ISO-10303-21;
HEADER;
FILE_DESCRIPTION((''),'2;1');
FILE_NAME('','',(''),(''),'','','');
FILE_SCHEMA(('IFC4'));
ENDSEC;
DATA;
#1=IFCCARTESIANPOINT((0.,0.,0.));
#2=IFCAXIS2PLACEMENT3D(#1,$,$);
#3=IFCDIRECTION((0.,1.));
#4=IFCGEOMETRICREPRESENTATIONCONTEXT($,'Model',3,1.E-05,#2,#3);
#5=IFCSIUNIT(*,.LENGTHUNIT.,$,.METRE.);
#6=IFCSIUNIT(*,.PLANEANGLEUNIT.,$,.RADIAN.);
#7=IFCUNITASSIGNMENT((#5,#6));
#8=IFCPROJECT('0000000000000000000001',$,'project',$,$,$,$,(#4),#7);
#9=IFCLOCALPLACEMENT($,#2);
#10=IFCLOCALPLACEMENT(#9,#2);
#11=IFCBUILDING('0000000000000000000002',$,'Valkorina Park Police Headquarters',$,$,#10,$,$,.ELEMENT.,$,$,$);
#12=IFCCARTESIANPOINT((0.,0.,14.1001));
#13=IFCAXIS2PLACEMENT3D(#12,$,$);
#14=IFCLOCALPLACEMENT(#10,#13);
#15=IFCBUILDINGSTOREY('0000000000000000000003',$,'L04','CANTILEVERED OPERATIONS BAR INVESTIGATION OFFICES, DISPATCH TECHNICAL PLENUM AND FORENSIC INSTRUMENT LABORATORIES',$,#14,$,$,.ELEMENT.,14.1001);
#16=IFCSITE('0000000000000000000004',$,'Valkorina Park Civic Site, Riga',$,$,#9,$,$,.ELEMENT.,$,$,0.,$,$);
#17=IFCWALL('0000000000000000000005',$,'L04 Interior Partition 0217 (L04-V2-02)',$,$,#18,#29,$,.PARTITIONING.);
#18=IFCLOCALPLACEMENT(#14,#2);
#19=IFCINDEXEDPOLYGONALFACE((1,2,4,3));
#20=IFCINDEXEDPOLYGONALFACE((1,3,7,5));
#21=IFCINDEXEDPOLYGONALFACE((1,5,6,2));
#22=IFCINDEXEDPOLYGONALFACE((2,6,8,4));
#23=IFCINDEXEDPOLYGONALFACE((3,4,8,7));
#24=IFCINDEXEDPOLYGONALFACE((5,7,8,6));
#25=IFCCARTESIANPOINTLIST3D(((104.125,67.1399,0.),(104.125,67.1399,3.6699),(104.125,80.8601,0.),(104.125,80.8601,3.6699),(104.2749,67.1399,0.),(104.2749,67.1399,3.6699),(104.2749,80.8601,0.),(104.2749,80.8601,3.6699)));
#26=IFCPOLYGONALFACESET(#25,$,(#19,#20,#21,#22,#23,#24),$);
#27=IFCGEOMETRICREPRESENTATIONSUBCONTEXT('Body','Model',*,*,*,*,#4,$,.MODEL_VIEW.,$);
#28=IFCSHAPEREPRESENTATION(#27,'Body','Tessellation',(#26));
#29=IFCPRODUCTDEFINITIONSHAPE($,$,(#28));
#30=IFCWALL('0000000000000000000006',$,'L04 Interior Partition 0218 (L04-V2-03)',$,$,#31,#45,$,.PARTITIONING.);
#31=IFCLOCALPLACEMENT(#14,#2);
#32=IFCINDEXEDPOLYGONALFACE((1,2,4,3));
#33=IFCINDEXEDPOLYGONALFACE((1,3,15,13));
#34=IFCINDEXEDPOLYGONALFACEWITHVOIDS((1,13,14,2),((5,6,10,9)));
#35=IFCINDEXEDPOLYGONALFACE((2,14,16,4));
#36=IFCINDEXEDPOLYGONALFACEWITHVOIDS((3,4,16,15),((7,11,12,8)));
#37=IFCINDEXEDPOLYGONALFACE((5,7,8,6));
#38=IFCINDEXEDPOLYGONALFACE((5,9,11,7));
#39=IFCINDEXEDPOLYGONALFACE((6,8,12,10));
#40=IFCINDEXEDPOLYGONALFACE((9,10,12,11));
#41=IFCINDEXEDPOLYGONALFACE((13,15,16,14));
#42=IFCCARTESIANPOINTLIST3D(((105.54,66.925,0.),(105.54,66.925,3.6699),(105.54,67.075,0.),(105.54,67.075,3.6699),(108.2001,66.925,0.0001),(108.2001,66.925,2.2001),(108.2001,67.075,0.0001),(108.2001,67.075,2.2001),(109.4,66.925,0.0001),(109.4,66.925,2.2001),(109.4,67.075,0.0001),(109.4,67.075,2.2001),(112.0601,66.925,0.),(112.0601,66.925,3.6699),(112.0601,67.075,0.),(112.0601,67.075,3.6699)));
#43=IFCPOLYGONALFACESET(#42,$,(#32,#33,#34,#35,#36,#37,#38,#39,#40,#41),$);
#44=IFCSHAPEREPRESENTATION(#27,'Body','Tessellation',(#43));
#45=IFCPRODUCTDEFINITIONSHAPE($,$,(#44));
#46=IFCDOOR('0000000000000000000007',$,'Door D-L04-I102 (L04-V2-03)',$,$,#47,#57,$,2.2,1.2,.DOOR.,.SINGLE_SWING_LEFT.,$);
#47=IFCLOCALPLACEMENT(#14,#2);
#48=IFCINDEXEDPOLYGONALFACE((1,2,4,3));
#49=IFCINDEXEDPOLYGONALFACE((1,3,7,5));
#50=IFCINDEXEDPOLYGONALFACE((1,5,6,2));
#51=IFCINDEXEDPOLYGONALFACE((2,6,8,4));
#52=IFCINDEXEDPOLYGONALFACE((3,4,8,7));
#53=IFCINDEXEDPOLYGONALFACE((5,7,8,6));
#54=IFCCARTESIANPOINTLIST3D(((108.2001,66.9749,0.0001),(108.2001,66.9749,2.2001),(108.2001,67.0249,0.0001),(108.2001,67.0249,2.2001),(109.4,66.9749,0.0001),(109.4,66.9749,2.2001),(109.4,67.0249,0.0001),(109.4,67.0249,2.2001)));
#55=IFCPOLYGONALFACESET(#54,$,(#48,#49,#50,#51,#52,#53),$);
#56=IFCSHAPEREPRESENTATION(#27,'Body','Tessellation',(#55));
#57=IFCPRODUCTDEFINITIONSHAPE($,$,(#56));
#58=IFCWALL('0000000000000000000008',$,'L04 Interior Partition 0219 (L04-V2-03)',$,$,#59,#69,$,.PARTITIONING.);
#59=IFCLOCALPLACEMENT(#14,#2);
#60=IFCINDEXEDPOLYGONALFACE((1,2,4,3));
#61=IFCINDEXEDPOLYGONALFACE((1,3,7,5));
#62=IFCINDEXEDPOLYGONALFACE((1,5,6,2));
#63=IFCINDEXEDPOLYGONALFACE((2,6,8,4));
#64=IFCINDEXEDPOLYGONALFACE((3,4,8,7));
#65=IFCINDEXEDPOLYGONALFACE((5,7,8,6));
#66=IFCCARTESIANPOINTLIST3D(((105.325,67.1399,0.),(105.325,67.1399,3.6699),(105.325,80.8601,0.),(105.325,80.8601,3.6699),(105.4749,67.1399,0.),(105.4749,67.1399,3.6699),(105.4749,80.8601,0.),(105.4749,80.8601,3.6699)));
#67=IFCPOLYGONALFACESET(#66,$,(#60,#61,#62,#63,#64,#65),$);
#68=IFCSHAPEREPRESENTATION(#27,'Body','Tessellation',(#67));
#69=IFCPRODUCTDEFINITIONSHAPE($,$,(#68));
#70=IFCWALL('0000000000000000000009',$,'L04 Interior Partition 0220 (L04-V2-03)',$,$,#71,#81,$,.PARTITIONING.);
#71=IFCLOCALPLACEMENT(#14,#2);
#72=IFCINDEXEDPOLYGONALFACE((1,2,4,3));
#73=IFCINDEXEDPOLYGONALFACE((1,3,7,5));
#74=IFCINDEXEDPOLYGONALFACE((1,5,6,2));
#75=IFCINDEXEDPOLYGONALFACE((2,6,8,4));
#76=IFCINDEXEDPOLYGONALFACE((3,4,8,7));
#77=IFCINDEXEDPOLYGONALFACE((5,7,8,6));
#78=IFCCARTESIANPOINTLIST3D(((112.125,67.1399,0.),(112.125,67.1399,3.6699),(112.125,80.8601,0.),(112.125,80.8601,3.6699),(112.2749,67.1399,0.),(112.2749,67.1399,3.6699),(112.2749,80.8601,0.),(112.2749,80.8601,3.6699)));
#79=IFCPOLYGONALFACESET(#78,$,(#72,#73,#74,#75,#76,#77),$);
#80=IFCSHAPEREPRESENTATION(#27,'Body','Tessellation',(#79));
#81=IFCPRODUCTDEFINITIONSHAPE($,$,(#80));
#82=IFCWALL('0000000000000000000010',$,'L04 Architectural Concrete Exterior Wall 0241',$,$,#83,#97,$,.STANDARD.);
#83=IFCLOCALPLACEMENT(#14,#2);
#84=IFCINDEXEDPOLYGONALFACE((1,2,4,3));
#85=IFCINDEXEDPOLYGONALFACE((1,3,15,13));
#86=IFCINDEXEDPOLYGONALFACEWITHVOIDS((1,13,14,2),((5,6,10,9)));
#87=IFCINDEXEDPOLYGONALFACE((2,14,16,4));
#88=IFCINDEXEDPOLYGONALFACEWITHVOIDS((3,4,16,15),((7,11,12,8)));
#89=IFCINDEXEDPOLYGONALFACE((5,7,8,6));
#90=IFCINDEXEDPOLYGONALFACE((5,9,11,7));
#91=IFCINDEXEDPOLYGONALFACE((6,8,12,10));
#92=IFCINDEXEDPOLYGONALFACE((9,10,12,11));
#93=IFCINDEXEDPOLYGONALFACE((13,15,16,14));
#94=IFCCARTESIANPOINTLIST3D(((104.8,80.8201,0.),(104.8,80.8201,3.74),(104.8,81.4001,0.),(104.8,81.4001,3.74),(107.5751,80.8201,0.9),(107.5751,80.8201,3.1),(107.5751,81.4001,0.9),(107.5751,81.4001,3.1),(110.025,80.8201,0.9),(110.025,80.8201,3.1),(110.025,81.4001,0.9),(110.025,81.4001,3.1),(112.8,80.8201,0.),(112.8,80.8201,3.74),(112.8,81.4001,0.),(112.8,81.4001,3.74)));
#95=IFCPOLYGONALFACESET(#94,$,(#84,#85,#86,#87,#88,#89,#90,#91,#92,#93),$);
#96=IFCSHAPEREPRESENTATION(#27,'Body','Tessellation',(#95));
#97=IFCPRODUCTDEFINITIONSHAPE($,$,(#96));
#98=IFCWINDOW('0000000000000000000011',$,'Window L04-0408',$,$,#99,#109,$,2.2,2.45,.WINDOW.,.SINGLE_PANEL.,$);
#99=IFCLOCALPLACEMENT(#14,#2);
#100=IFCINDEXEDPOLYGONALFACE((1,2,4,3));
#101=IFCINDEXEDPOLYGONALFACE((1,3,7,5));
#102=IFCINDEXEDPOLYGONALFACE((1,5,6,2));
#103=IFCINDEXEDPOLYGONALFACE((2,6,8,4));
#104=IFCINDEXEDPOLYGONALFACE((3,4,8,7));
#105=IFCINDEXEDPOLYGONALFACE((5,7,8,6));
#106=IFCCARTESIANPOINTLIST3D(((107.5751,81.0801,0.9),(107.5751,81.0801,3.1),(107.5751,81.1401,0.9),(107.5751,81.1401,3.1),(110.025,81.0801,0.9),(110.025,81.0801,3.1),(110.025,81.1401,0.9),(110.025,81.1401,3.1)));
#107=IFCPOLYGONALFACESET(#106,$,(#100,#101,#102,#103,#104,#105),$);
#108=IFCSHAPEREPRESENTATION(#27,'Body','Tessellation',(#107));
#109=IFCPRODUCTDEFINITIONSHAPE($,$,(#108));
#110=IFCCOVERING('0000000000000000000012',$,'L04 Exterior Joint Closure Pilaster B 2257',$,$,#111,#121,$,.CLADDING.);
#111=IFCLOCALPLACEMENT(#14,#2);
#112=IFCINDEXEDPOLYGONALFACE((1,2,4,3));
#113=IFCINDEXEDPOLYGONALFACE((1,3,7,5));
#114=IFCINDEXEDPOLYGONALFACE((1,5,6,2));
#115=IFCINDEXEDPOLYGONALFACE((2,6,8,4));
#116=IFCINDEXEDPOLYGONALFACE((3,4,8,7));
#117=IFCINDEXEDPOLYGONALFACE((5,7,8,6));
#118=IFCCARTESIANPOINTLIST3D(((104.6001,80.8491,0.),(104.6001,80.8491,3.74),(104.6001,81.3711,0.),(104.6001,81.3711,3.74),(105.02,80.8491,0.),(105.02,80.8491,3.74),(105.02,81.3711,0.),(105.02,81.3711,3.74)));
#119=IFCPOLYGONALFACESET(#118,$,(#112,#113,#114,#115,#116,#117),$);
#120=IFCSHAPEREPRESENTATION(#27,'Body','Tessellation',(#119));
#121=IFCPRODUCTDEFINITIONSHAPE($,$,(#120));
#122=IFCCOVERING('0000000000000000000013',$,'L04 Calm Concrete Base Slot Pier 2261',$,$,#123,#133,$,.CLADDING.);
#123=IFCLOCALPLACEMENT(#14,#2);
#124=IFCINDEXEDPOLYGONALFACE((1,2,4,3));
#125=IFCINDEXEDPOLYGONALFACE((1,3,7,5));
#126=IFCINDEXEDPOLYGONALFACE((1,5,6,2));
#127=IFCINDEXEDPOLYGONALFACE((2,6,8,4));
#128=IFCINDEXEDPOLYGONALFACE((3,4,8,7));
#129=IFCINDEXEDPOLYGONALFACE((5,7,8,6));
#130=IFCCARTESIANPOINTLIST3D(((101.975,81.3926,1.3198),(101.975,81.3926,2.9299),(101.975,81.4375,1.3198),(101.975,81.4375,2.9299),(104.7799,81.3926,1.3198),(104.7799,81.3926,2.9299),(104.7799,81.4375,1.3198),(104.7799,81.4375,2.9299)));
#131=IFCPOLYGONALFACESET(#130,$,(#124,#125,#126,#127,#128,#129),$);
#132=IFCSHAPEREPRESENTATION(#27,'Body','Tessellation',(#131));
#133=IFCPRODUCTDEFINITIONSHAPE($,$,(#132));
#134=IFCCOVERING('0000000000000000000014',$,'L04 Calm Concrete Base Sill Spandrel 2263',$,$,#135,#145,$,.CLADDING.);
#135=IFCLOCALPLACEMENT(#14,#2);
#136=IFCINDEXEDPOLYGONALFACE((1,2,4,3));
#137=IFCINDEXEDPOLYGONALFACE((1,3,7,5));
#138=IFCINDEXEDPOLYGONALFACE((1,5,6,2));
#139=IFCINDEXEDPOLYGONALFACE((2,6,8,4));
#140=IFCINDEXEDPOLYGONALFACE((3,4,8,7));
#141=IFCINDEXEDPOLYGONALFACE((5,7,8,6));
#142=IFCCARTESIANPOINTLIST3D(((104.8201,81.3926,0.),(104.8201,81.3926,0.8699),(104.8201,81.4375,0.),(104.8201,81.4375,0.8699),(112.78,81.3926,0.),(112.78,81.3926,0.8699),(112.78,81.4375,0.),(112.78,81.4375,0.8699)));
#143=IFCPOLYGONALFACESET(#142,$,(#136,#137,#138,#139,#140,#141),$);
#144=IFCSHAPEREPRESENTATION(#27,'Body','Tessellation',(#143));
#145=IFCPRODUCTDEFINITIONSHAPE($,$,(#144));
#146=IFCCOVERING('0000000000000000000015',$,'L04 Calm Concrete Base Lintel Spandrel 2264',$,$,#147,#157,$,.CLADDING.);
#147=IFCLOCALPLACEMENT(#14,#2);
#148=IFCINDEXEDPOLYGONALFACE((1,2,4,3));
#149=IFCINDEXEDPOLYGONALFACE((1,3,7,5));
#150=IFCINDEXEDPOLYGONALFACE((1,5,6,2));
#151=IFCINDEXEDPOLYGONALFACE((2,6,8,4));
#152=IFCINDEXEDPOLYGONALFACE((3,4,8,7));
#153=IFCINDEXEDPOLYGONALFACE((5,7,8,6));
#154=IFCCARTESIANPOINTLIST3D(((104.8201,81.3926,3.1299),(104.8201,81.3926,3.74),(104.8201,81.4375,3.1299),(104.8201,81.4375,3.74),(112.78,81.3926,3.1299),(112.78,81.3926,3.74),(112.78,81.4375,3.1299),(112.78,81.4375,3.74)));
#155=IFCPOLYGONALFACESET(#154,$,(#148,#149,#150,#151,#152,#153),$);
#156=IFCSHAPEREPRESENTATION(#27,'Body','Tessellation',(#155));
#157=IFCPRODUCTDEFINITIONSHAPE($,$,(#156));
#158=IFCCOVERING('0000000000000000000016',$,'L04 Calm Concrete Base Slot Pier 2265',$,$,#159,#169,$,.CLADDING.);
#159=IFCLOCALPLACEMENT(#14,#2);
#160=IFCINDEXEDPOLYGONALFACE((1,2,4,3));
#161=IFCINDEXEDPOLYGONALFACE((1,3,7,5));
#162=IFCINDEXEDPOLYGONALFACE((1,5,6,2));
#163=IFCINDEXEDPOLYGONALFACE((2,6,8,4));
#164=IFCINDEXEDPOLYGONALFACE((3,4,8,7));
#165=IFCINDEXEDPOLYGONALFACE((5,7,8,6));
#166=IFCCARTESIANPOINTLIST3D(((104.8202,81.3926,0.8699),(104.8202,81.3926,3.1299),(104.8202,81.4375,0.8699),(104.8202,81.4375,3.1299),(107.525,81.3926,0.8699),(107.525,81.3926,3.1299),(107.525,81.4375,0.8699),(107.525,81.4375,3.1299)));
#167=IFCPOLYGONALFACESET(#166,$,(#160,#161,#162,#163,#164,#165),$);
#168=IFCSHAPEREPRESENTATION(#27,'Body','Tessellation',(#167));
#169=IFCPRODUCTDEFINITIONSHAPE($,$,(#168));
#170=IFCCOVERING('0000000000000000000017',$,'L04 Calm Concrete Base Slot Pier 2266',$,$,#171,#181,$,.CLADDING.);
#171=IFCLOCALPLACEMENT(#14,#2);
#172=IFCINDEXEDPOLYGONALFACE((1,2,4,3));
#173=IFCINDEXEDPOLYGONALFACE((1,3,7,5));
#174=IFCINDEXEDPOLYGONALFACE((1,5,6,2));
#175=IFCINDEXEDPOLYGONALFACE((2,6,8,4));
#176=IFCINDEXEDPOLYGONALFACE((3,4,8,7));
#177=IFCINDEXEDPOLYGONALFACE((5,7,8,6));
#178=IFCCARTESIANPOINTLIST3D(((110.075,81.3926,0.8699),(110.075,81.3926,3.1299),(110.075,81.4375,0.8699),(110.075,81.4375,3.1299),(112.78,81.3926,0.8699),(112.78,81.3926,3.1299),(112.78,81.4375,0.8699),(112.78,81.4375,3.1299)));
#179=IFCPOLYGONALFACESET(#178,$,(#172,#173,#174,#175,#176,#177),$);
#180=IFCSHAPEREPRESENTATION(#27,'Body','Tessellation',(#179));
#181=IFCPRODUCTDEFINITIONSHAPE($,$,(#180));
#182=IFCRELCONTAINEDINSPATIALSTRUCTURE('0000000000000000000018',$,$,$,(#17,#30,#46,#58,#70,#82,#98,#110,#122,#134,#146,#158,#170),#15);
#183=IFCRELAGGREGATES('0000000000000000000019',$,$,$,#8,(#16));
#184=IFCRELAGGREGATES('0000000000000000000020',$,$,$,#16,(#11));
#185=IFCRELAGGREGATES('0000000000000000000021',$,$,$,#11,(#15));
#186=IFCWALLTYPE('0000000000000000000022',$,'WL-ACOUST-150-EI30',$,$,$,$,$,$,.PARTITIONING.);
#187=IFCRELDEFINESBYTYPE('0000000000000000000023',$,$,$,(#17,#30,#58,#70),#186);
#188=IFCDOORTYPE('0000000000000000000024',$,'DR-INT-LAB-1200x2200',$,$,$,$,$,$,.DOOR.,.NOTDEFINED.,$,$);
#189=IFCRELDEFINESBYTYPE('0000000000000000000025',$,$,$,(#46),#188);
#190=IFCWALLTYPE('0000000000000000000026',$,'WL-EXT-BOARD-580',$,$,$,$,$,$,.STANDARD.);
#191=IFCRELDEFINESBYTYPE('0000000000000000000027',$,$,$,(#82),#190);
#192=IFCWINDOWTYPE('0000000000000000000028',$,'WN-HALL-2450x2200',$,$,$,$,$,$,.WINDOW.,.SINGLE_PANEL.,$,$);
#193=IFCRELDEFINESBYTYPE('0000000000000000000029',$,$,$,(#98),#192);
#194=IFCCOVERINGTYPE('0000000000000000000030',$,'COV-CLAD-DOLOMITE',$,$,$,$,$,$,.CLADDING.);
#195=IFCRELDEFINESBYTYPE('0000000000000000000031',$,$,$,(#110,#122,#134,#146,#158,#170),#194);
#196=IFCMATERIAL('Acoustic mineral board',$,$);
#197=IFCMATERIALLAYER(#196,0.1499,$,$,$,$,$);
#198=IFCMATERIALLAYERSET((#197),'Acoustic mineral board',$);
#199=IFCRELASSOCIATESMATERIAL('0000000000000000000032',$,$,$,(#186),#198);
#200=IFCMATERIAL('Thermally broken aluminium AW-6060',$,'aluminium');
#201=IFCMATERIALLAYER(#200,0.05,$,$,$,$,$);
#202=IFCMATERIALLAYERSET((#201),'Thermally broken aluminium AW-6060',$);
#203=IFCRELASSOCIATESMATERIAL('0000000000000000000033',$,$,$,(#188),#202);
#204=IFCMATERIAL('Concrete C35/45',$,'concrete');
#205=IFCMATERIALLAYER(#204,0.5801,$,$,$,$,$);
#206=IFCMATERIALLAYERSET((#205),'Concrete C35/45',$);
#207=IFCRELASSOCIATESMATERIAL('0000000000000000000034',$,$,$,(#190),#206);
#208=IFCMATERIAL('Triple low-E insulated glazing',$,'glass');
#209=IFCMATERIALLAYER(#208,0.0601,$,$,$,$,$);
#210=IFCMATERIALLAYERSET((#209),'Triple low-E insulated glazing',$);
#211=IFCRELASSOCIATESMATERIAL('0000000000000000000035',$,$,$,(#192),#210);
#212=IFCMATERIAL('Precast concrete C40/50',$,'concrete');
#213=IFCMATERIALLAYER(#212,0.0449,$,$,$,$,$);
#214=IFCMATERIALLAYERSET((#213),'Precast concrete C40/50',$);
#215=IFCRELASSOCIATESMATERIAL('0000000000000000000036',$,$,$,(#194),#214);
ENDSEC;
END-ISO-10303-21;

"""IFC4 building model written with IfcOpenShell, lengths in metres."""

from ifc_helpers import new_model, si_unit, direction, frame, frame_2d, origin, origin_2d, place, context, subcontext, project, spatial, rectangle, extrude, material, layer, layer_set, type_object, element, fill, save


model = new_model("IFC4")

# Units and contexts
model_context = context("Model", 3, precision=1e-05, world=origin(), true_north=direction((0.0, 1.0)))
body_context = subcontext(model_context, "Body", "Model", "MODEL_VIEW")
ifc_project = project(units=[si_unit("LENGTHUNIT", "METRE"), si_unit("PLANEANGLEUNIT", "RADIAN")], contexts=[model_context])

# Site, building, storey
site_placement = place(None, origin())
site = spatial("IfcSite", under=ifc_project, at=site_placement, Name="Valkorina Park Civic Site, Riga", CompositionType="ELEMENT", RefElevation=0.0)
building_placement = place(site_placement, origin())
building = spatial("IfcBuilding", under=site, at=building_placement, Name="Valkorina Park Police Headquarters", CompositionType="ELEMENT")
storey_placement = place(building_placement, frame((0.0, 0.0, 14.1001)))
storey = spatial("IfcBuildingStorey", under=building, at=storey_placement, Name="L04", Description="CANTILEVERED OPERATIONS BAR INVESTIGATION OFFICES, DISPATCH TECHNICAL PLENUM AND FORENSIC INSTRUMENT LABORATORIES", CompositionType="ELEMENT", Elevation=14.1001)

# Wall
ifc_material_1 = material(Name="Acoustic mineral board")
ifc_layer_1 = layer(ifc_material_1, 0.1499)
ifc_layer_set_1 = layer_set([ifc_layer_1], Name="Acoustic mineral board")
wall_type_1 = type_object("IfcWallType", Name="WL-ACOUST-150-EI30", PredefinedType="PARTITIONING", material=ifc_layer_set_1)
wall_1_placement = place(storey_placement, frame((104.2, 67.1399, 0.0), z_axis=(0.0, 0.0, 1.0), x_axis=(0.0, 1.0, 0.0)))
element("IfcWall", 1, at=wall_1_placement, inside=storey, type_object=wall_type_1, Name="L04 Interior Partition 0217 (L04-V2-02)", PredefinedType="PARTITIONING", context=body_context, shape_type="SweptSolid", body=[
    extrude(rectangle(XDim=13.7202, YDim=0.1499, at=frame_2d((6.8601, 0.0))), origin(), (0.0, 0.0, 1.0), 3.6699),
])

# Wall, opening, door
wall_2_placement = place(storey_placement, frame((105.54, 67.0, 0.0), z_axis=(0.0, 0.0, 1.0), x_axis=(1.0, 0.0, 0.0)))
wall_2 = element("IfcWall", 2, at=wall_2_placement, inside=storey, type_object=wall_type_1, Name="L04 Interior Partition 0218 (L04-V2-03)", PredefinedType="PARTITIONING", context=body_context, shape_type="SweptSolid", body=[
    extrude(rectangle(XDim=6.52, YDim=0.1499, at=frame_2d((3.26, 0.0))), origin(), (0.0, 0.0, 1.0), 3.6699),
])
opening_1_placement = place(wall_2_placement, frame((2.6599, 0.0, 0.0)))
opening_1 = element("IfcOpeningElement", 3, at=opening_1_placement, cuts=wall_2, PredefinedType="OPENING", context=body_context, shape_type="SweptSolid", body=[
    extrude(rectangle(XDim=1.2, YDim=2.2, at=frame_2d((0.6001, 1.1001))), frame((0.0, 0.085, 0.0), z_axis=(0.0, -1.0, 0.0), x_axis=(1.0, 0.0, 0.0)), (0.0, 0.0, 1.0), 0.1699),
])
ifc_material_2 = material(Name="Thermally broken aluminium AW-6060", Category="aluminium")
ifc_layer_2 = layer(ifc_material_2, 0.05)
ifc_layer_set_2 = layer_set([ifc_layer_2], Name="Thermally broken aluminium AW-6060")
door_type = type_object("IfcDoorType", Name="DR-INT-LAB-1200x2200", OperationType="NOTDEFINED", PredefinedType="DOOR", material=ifc_layer_set_2)
door_placement = place(opening_1_placement, origin())
door = element("IfcDoor", 4, at=door_placement, inside=storey, type_object=door_type, Name="Door D-L04-I102 (L04-V2-03)", OperationType="SINGLE_SWING_LEFT", OverallHeight=2.2, OverallWidth=1.2, PredefinedType="DOOR", context=body_context, shape_type="SweptSolid", body=[
    extrude(rectangle(XDim=1.2, YDim=2.2, at=frame_2d((0.6001, 1.1001))), frame((0.0, 0.0249, 0.0), z_axis=(0.0, -1.0, 0.0), x_axis=(1.0, 0.0, 0.0)), (0.0, 0.0, 1.0), 0.05),
])
fill(opening_1, door)

# Walls
for number, where, z_axis, x_axis, name in (
    (5, (105.3999, 67.1399, 0.0), (0.0, 0.0, 1.0), (0.0, 1.0, 0.0), "L04 Interior Partition 0219 (L04-V2-03)"),
    (6, (112.2, 67.1399, 0.0), (0.0, 0.0, 1.0), (0.0, 1.0, 0.0), "L04 Interior Partition 0220 (L04-V2-03)"),
):
    element("IfcWall", number, at=place(storey_placement, frame(where, z_axis=z_axis, x_axis=x_axis)), inside=storey, type_object=wall_type_1, Name=name, PredefinedType="PARTITIONING", context=body_context, shape_type="SweptSolid", body=[
        extrude(rectangle(XDim=13.7202, YDim=0.1499, at=frame_2d((6.8601, 0.0))), origin(), (0.0, 0.0, 1.0), 3.6699),
    ])

# Wall, opening, window
ifc_material_3 = material(Name="Concrete C35/45", Category="concrete")
ifc_layer_3 = layer(ifc_material_3, 0.5801)
ifc_layer_set_3 = layer_set([ifc_layer_3], Name="Concrete C35/45")
wall_type_2 = type_object("IfcWallType", Name="WL-EXT-BOARD-580", PredefinedType="STANDARD", material=ifc_layer_set_3)
wall_3_placement = place(storey_placement, frame((104.8, 81.1101, 0.0), z_axis=(0.0, 0.0, 1.0), x_axis=(1.0, 0.0, 0.0)))
wall_3 = element("IfcWall", 7, at=wall_3_placement, inside=storey, type_object=wall_type_2, Name="L04 Architectural Concrete Exterior Wall 0241", PredefinedType="STANDARD", context=body_context, shape_type="SweptSolid", body=[
    extrude(rectangle(XDim=8.0, YDim=0.5801, at=frame_2d((4.0, 0.0))), origin(), (0.0, 0.0, 1.0), 3.74),
])
opening_2_placement = place(wall_3_placement, frame((2.7749, 0.0, 0.8999)))
opening_2 = element("IfcOpeningElement", 8, at=opening_2_placement, cuts=wall_3, PredefinedType="OPENING", context=body_context, shape_type="SweptSolid", body=[
    extrude(rectangle(XDim=2.45, YDim=2.2, at=frame_2d((1.2251, 1.1001))), frame((0.0, 0.3, 0.0), z_axis=(0.0, -1.0, 0.0), x_axis=(1.0, 0.0, 0.0)), (0.0, 0.0, 1.0), 0.6001),
])
ifc_material_4 = material(Name="Triple low-E insulated glazing", Category="glass")
ifc_layer_4 = layer(ifc_material_4, 0.0601)
ifc_layer_set_4 = layer_set([ifc_layer_4], Name="Triple low-E insulated glazing")
window_type = type_object("IfcWindowType", Name="WN-HALL-2450x2200", PartitioningType="SINGLE_PANEL", PredefinedType="WINDOW", material=ifc_layer_set_4)
window_placement = place(opening_2_placement, origin())
window = element("IfcWindow", 9, at=window_placement, inside=storey, type_object=window_type, Name="Window L04-0408", OverallHeight=2.2, OverallWidth=2.45, PartitioningType="SINGLE_PANEL", PredefinedType="WINDOW", context=body_context, shape_type="SweptSolid", body=[
    extrude(rectangle(XDim=2.45, YDim=2.2, at=frame_2d((1.2251, 1.1001))), frame((0.0, 0.03, 0.0), z_axis=(0.0, -1.0, 0.0), x_axis=(1.0, 0.0, 0.0)), (0.0, 0.0, 1.0), 0.0601),
])
fill(opening_2, window)

# Coverings
ifc_material_5 = material(Name="Precast concrete C40/50", Category="concrete")
ifc_layer_5 = layer(ifc_material_5, 0.0449)
ifc_layer_set_5 = layer_set([ifc_layer_5], Name="Precast concrete C40/50")
covering_type = type_object("IfcCoveringType", Name="COV-CLAD-DOLOMITE", PredefinedType="CLADDING", material=ifc_layer_set_5)
covering_1_placement = place(storey_placement, frame((104.8101, 81.1101, 0.0), z_axis=(0.0, 0.0, 1.0), x_axis=(1.0, 0.0, 0.0)))
element("IfcCovering", 10, at=covering_1_placement, inside=storey, type_object=covering_type, Name="L04 Exterior Joint Closure Pilaster B 2257", PredefinedType="CLADDING", context=body_context, shape_type="SweptSolid", body=[
    extrude(rectangle(XDim=0.4199, YDim=0.522, at=origin_2d()), origin(), (0.0, 0.0, 1.0), 3.74),
])
covering_2_placement = place(storey_placement, frame((101.9751, 81.415, 1.3198), z_axis=(0.0, 0.0, 1.0), x_axis=(1.0, 0.0, 0.0)))
element("IfcCovering", 11, at=covering_2_placement, inside=storey, type_object=covering_type, Name="L04 Calm Concrete Base Slot Pier 2261", PredefinedType="CLADDING", context=body_context, shape_type="SweptSolid", body=[
    extrude(rectangle(XDim=2.8049, YDim=0.0449, at=frame_2d((1.4023, 0.0))), origin(), (0.0, 0.0, 1.0), 1.6101),
])
covering_3_placement = place(storey_placement, frame((104.8201, 81.415, 0.0), z_axis=(0.0, 0.0, 1.0), x_axis=(1.0, 0.0, 0.0)))
element("IfcCovering", 12, at=covering_3_placement, inside=storey, type_object=covering_type, Name="L04 Calm Concrete Base Sill Spandrel 2263", PredefinedType="CLADDING", context=body_context, shape_type="SweptSolid", body=[
    extrude(rectangle(XDim=7.96, YDim=0.0449, at=frame_2d((3.98, 0.0))), origin(), (0.0, 0.0, 1.0), 0.8699),
])
covering_4_placement = place(storey_placement, frame((104.8201, 81.415, 3.1299), z_axis=(0.0, 0.0, 1.0), x_axis=(1.0, 0.0, 0.0)))
element("IfcCovering", 13, at=covering_4_placement, inside=storey, type_object=covering_type, Name="L04 Calm Concrete Base Lintel Spandrel 2264", PredefinedType="CLADDING", context=body_context, shape_type="SweptSolid", body=[
    extrude(rectangle(XDim=7.96, YDim=0.0449, at=frame_2d((3.98, 0.0))), origin(), (0.0, 0.0, 1.0), 0.6101),
])
covering_5_placement = place(storey_placement, frame((104.8201, 81.415, 0.8699), z_axis=(0.0, 0.0, 1.0), x_axis=(1.0, 0.0, 0.0)))
element("IfcCovering", 14, at=covering_5_placement, inside=storey, type_object=covering_type, Name="L04 Calm Concrete Base Slot Pier 2265", PredefinedType="CLADDING", context=body_context, shape_type="SweptSolid", body=[
    extrude(rectangle(XDim=2.7048, YDim=0.0449, at=frame_2d((1.3525, 0.0))), origin(), (0.0, 0.0, 1.0), 2.26),
])
covering_6_placement = place(storey_placement, frame((110.075, 81.415, 0.8699), z_axis=(0.0, 0.0, 1.0), x_axis=(1.0, 0.0, 0.0)))
element("IfcCovering", 15, at=covering_6_placement, inside=storey, type_object=covering_type, Name="L04 Calm Concrete Base Slot Pier 2266", PredefinedType="CLADDING", context=body_context, shape_type="SweptSolid", body=[
    extrude(rectangle(XDim=2.7051, YDim=0.0449, at=frame_2d((1.3525, 0.0))), origin(), (0.0, 0.0, 1.0), 2.26),
])

save(model, "model.ifc")
